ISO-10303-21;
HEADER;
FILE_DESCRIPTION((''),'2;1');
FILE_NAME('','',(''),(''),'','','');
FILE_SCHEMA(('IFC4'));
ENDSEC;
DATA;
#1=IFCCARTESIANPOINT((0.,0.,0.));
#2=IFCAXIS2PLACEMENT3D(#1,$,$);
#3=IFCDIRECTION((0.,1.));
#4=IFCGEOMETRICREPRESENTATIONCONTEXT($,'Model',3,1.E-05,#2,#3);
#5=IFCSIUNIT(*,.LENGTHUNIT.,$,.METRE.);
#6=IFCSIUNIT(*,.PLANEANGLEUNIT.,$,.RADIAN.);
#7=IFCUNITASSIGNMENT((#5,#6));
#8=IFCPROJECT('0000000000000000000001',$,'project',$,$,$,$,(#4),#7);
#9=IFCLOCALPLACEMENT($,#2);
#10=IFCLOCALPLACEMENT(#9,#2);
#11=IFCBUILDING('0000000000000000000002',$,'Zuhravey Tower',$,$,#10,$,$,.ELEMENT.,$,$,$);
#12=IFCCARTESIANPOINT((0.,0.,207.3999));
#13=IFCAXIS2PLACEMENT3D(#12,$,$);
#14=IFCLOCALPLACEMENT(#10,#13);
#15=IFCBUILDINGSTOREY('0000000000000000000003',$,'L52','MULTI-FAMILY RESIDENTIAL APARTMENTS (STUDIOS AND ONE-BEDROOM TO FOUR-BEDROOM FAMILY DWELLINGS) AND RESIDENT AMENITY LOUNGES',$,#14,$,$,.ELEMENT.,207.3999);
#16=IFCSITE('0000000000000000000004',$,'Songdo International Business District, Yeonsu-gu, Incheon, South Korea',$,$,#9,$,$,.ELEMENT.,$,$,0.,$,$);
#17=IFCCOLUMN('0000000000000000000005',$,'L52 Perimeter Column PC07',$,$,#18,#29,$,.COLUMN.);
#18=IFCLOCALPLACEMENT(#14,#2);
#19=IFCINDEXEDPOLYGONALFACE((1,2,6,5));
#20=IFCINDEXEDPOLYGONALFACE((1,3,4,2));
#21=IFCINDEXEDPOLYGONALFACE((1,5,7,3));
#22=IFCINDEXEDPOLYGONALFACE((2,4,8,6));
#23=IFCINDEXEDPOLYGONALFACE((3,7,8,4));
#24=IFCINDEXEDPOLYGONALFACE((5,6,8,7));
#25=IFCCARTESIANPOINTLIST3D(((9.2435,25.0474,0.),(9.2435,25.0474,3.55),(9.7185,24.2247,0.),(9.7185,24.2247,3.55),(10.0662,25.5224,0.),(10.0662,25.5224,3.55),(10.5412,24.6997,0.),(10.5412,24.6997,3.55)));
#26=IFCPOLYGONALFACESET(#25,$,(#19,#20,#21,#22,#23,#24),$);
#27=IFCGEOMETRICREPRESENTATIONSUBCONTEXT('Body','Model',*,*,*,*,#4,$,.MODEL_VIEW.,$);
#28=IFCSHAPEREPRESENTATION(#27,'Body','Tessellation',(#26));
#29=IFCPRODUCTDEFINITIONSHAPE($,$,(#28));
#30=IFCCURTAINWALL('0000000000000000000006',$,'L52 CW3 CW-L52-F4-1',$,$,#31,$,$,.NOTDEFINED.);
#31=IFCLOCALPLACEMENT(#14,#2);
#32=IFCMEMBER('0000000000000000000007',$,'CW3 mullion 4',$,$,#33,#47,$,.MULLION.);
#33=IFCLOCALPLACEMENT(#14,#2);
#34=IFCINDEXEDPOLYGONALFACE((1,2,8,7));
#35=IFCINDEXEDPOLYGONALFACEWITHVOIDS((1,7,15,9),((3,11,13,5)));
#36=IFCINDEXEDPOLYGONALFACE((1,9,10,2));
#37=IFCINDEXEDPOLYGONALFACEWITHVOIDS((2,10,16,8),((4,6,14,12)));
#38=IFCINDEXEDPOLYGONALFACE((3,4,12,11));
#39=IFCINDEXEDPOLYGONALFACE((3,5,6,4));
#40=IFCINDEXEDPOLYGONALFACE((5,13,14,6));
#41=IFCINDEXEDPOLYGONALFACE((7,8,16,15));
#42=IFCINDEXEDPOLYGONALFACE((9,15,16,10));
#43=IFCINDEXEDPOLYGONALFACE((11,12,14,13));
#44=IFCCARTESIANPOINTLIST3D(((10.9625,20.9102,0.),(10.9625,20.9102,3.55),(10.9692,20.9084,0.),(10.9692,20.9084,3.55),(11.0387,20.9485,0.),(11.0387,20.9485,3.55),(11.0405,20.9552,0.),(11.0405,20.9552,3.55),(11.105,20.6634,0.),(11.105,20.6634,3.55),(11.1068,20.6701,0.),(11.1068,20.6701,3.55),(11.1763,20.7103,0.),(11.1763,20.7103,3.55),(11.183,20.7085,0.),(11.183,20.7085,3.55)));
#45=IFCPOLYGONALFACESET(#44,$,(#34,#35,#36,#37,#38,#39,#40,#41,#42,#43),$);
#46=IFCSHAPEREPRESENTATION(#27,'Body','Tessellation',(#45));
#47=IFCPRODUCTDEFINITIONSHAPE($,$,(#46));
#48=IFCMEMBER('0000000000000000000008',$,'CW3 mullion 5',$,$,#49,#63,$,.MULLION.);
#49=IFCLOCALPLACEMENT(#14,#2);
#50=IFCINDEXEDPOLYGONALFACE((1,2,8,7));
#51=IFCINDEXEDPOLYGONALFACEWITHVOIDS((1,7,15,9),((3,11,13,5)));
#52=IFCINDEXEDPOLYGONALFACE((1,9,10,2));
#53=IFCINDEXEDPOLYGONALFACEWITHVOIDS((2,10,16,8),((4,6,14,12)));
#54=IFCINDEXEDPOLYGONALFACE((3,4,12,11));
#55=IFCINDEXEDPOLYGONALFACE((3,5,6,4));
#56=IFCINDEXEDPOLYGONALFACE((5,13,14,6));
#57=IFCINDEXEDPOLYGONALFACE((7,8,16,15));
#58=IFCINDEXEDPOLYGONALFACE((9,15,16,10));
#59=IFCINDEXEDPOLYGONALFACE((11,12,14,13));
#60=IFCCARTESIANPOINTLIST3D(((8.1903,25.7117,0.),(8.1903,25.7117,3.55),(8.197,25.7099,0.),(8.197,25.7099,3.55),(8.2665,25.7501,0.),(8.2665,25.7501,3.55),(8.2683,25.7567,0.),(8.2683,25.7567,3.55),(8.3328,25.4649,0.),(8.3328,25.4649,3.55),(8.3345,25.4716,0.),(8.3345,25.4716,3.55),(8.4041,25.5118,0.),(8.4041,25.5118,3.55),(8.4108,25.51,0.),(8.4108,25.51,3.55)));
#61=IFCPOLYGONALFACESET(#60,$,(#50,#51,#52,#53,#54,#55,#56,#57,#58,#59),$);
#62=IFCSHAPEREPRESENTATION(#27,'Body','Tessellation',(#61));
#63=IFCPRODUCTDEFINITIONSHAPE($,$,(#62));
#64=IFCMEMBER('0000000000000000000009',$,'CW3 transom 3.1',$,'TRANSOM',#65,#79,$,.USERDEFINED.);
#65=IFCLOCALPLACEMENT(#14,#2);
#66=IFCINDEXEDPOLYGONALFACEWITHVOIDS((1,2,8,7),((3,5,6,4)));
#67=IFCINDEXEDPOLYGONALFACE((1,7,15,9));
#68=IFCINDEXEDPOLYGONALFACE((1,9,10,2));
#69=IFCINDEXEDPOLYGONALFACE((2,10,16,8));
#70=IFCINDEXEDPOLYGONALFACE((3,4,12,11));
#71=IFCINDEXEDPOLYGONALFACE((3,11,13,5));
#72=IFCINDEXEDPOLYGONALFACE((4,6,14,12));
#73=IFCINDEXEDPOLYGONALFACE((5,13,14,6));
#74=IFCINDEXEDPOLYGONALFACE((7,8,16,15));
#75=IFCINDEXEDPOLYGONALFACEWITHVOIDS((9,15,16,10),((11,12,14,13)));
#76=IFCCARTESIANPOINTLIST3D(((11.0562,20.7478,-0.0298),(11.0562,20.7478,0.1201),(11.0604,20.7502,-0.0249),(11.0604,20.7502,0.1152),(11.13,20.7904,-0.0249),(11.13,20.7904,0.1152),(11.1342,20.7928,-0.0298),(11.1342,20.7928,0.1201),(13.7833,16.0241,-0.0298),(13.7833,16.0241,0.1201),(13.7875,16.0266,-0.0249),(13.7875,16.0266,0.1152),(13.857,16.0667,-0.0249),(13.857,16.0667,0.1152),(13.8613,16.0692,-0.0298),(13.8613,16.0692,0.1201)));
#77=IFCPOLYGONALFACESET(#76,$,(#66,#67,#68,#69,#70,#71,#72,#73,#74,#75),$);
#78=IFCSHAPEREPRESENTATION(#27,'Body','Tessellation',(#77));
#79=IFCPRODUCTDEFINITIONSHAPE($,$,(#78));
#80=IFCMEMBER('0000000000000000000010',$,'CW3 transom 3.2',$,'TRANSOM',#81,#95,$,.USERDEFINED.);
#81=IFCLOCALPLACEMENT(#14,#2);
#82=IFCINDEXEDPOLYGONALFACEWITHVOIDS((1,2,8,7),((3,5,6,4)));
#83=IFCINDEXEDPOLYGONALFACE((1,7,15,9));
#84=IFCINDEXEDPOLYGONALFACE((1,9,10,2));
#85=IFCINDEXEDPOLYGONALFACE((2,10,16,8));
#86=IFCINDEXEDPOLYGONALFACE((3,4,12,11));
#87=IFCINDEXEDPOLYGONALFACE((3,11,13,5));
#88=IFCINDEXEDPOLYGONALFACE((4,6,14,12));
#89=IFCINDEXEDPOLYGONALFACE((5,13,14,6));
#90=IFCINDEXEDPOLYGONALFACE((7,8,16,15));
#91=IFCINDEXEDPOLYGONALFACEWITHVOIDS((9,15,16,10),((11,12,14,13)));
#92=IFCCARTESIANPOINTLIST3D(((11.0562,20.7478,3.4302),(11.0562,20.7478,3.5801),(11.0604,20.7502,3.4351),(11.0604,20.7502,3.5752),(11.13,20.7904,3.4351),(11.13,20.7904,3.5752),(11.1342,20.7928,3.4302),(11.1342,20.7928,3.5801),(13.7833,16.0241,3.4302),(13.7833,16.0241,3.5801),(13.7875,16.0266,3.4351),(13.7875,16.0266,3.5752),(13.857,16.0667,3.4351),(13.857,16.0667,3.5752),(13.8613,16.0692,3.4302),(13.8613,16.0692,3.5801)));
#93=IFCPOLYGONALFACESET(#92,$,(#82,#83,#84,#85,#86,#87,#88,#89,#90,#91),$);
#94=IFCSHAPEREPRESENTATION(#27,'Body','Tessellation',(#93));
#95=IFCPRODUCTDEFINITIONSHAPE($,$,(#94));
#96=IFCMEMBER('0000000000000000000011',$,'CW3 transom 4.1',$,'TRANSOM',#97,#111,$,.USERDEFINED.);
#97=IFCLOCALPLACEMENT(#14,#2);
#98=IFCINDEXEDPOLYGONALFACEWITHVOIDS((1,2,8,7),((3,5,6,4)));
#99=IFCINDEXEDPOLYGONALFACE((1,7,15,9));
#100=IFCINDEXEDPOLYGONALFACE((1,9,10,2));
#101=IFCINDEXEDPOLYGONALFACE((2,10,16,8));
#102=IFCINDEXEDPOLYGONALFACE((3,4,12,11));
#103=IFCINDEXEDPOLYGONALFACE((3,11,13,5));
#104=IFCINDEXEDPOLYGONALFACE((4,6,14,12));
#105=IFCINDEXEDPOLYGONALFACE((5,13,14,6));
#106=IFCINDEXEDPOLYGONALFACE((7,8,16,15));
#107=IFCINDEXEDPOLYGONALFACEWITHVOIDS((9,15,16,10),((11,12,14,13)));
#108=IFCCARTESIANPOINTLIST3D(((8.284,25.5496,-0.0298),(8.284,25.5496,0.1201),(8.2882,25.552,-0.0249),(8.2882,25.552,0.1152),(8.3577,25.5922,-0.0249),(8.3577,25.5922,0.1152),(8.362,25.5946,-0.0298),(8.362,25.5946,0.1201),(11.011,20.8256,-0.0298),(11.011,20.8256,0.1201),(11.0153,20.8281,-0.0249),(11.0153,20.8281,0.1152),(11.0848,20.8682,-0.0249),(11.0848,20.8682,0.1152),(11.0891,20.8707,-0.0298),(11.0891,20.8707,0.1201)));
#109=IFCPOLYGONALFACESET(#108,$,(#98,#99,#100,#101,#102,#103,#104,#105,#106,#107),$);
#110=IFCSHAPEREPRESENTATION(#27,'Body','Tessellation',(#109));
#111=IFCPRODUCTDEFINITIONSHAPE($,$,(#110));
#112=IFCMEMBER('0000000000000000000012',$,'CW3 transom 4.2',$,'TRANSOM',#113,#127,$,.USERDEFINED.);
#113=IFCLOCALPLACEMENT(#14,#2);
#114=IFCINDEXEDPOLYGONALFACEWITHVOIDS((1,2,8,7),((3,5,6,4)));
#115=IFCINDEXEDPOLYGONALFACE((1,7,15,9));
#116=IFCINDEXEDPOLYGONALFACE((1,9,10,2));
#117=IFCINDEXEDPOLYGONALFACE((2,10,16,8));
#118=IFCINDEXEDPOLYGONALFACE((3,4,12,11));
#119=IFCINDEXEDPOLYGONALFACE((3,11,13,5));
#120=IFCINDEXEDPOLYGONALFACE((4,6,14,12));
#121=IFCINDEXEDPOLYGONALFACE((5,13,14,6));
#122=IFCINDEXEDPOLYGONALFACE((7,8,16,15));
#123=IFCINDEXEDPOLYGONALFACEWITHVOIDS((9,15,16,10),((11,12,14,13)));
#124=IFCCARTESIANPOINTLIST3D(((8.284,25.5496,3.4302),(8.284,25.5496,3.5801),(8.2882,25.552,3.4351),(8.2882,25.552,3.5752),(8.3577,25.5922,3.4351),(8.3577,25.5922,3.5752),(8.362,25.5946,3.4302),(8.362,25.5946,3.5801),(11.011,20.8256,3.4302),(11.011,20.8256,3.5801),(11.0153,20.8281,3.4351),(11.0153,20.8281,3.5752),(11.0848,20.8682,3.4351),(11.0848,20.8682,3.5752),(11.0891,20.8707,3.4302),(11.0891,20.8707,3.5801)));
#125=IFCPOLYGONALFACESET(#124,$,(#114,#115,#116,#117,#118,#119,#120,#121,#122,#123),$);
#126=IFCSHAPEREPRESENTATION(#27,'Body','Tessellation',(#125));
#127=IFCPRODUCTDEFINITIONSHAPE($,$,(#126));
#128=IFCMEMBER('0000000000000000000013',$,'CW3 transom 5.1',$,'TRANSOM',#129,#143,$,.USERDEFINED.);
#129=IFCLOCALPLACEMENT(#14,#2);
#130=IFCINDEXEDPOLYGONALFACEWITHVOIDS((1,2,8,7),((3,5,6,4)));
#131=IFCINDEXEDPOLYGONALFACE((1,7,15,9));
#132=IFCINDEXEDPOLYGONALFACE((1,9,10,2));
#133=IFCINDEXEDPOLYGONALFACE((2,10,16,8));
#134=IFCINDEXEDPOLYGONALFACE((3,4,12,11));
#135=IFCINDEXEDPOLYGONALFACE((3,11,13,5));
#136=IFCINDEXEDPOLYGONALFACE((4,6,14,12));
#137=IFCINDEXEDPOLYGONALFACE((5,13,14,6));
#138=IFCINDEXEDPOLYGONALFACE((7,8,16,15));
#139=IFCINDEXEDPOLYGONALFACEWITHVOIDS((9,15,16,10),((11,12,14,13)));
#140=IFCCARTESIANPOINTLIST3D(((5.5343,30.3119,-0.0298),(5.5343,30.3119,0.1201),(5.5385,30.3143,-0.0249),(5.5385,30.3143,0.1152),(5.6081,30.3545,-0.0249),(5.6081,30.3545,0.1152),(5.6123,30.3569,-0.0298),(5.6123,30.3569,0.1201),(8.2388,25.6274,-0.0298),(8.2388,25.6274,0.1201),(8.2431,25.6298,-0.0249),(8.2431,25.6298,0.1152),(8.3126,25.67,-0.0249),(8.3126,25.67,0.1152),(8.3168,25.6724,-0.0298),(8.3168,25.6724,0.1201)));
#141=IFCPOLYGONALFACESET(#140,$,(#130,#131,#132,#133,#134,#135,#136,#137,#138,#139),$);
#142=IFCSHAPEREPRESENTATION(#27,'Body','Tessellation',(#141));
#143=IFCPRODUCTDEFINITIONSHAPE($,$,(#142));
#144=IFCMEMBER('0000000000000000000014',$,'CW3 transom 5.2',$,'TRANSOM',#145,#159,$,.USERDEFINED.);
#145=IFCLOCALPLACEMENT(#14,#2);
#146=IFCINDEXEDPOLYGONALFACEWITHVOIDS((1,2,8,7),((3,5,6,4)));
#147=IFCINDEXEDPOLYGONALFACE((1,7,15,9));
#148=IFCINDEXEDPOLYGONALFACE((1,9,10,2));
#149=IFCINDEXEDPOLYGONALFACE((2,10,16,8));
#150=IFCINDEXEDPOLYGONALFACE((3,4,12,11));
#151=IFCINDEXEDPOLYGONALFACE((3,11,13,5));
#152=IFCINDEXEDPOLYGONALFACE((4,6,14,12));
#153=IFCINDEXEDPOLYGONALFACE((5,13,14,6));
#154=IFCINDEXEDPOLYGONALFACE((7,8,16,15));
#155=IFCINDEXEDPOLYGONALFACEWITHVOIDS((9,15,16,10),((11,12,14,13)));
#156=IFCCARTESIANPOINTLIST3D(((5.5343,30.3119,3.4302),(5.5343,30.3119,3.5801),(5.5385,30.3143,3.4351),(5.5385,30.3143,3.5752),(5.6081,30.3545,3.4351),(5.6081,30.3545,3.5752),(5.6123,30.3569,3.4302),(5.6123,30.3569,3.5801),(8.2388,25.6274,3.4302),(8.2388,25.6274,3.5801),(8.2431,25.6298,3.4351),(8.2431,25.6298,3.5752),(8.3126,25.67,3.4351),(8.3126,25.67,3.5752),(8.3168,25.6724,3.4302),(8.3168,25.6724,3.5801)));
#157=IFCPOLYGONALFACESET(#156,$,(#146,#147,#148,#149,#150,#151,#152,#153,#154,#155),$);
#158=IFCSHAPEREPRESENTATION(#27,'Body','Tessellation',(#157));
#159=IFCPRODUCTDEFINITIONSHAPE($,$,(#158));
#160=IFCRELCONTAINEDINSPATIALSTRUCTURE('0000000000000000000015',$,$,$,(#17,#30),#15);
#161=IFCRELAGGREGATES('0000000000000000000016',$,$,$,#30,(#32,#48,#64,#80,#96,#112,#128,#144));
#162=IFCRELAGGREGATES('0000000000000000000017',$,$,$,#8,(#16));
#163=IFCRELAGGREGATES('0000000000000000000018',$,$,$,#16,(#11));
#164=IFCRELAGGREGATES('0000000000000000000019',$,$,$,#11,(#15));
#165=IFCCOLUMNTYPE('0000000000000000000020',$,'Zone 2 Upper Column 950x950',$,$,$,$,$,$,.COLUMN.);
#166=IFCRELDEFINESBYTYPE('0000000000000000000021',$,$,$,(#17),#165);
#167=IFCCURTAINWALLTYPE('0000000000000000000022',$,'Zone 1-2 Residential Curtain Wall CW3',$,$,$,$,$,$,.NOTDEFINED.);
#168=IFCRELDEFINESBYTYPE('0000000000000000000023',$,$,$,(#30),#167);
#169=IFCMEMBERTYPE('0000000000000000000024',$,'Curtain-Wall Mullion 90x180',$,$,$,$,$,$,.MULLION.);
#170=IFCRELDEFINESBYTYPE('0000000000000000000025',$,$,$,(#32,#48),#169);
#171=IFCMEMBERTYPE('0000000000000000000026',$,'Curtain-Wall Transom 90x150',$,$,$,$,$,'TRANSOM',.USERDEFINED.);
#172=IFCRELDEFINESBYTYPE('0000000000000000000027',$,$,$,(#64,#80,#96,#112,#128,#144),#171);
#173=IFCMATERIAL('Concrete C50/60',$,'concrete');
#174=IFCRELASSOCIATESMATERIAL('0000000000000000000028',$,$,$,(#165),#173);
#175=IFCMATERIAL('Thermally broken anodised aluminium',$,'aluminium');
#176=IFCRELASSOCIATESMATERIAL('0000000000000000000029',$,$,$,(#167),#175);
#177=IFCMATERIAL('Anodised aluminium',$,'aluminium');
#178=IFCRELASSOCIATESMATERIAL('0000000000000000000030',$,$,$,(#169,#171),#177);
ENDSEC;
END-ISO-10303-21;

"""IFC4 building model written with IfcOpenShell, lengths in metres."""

from ifc_helpers import new_model, si_unit, direction, frame, origin, origin_2d, place, context, subcontext, project, spatial, rectangle, hollow_rectangle, extrude, material, material_profile, profile_set, type_object, element, aggregate, save


model = new_model("IFC4")

# Units and contexts
model_context = context("Model", 3, precision=1e-05, world=origin(), true_north=direction((0.0, 1.0)))
body_context = subcontext(model_context, "Body", "Model", "MODEL_VIEW")
ifc_project = project(units=[si_unit("LENGTHUNIT", "METRE"), si_unit("PLANEANGLEUNIT", "RADIAN")], contexts=[model_context])

# Site, building, storey
site_placement = place(None, origin())
site = spatial("IfcSite", under=ifc_project, at=site_placement, Name="Songdo International Business District, Yeonsu-gu, Incheon, South Korea", CompositionType="ELEMENT", RefElevation=0.0)
building_placement = place(site_placement, origin())
building = spatial("IfcBuilding", under=site, at=building_placement, Name="Zuhravey Tower", CompositionType="ELEMENT")
storey_placement = place(building_placement, frame((0.0, 0.0, 207.3999)))
storey = spatial("IfcBuildingStorey", under=building, at=storey_placement, Name="L52", Description="MULTI-FAMILY RESIDENTIAL APARTMENTS (STUDIOS AND ONE-BEDROOM TO FOUR-BEDROOM FAMILY DWELLINGS) AND RESIDENT AMENITY LOUNGES", CompositionType="ELEMENT", Elevation=207.3999)

# Column
ifc_material_1 = material(Name="Concrete C50/60", Category="concrete")
ifc_material_profile_1 = material_profile(ifc_material_1, rectangle(XDim=0.95, YDim=0.95, at=origin_2d()), Name="RC-950x950")
ifc_profile_set_1 = profile_set([ifc_material_profile_1], Name="Concrete C50/60")
column_type = type_object("IfcColumnType", Name="Zone 2 Upper Column 950x950", PredefinedType="COLUMN", material=ifc_profile_set_1)
column_placement = place(storey_placement, frame((9.8923, 24.8735, 0.0), z_axis=(0.0, 0.0, 1.0), x_axis=(0.5, -0.866025, 0.0)))
element("IfcColumn", 1, at=column_placement, inside=storey, type_object=column_type, Name="L52 Perimeter Column PC07", PredefinedType="COLUMN", context=body_context, shape_type="SweptSolid", body=[
    extrude(rectangle(XDim=0.95, YDim=0.95, at=origin_2d()), origin(), (0.0, 0.0, 1.0), 3.55),
])

# Curtain wall, members
ifc_material_2 = material(Name="Thermally broken anodised aluminium", Category="aluminium")
curtain_wall_type = type_object("IfcCurtainWallType", Name="Zone 1-2 Residential Curtain Wall CW3", PredefinedType="NOTDEFINED", material=ifc_material_2)
curtain_wall_placement = place(storey_placement, origin())
curtain_wall = element("IfcCurtainWall", 2, at=curtain_wall_placement, inside=storey, type_object=curtain_wall_type, Name="L52 CW3 CW-L52-F4-1", PredefinedType="NOTDEFINED")
ifc_material_3 = material(Name="Anodised aluminium", Category="aluminium")
ifc_material_profile_2 = material_profile(ifc_material_3, hollow_rectangle(XDim=0.0901, YDim=0.2849, WallThickness=0.0049, at=origin_2d()), Name="ALU-RHS-90x285x5")
ifc_profile_set_2 = profile_set([ifc_material_profile_2], Name="Anodised aluminium")
member_type_1 = type_object("IfcMemberType", Name="Curtain-Wall Mullion 90x180", PredefinedType="MULLION", material=ifc_profile_set_2)
member_1_placement = place(storey_placement, frame((11.0728, 20.8093, 0.0), z_axis=(0.0, 0.0, 1.0), x_axis=(-0.866025, -0.5, 0.0)))
member_1 = element("IfcMember", 3, at=member_1_placement, type_object=member_type_1, Name="CW3 mullion 4", PredefinedType="MULLION", context=body_context, shape_type="SweptSolid", body=[
    extrude(hollow_rectangle(XDim=0.0901, YDim=0.2849, WallThickness=0.0049, at=origin_2d()), origin(), (0.0, 0.0, 1.0), 3.55),
])
member_2_placement = place(storey_placement, frame((8.3005, 25.6108, 0.0), z_axis=(0.0, 0.0, 1.0), x_axis=(-0.866025, -0.5, 0.0)))
member_2 = element("IfcMember", 4, at=member_2_placement, type_object=member_type_1, Name="CW3 mullion 5", PredefinedType="MULLION", context=body_context, shape_type="SweptSolid", body=[
    extrude(hollow_rectangle(XDim=0.0901, YDim=0.2849, WallThickness=0.0049, at=origin_2d()), origin(), (0.0, 0.0, 1.0), 3.55),
])
ifc_material_profile_3 = material_profile(ifc_material_3, hollow_rectangle(XDim=0.0901, YDim=0.1499, WallThickness=0.0049, at=origin_2d()), Name="ALU-RHS-90x150x5")
ifc_profile_set_3 = profile_set([ifc_material_profile_3], Name="Anodised aluminium")
member_type_2 = type_object("IfcMemberType", Name="Curtain-Wall Transom 90x150", ElementType="TRANSOM", PredefinedType="USERDEFINED", material=ifc_profile_set_3)
member_3_placement = place(storey_placement, frame((13.8223, 16.0466, 0.0452), z_axis=(-0.499981, 0.866037, 0.0), x_axis=(-0.866037, -0.499981, 0.0)))
member_3 = element("IfcMember", 5, at=member_3_placement, type_object=member_type_2, Name="CW3 transom 3.1", ObjectType="TRANSOM", PredefinedType="USERDEFINED", context=body_context, shape_type="SweptSolid", body=[
    extrude(hollow_rectangle(XDim=0.0901, YDim=0.1499, WallThickness=0.0049, at=origin_2d()), origin(), (0.0, 0.0, 1.0), 5.4543),
])
member_4_placement = place(storey_placement, frame((13.8223, 16.0466, 3.5051), z_axis=(-0.499981, 0.866037, 0.0), x_axis=(-0.866037, -0.499981, 0.0)))
member_4 = element("IfcMember", 6, at=member_4_placement, type_object=member_type_2, Name="CW3 transom 3.2", ObjectType="TRANSOM", PredefinedType="USERDEFINED", context=body_context, shape_type="SweptSolid", body=[
    extrude(hollow_rectangle(XDim=0.0901, YDim=0.1499, WallThickness=0.0049, at=origin_2d()), origin(), (0.0, 0.0, 1.0), 5.4543),
])
member_5_placement = place(storey_placement, frame((11.05, 20.8481, 0.0452), z_axis=(-0.499961, 0.866048, 0.0), x_axis=(-0.866048, -0.499961, 0.0)))
member_5 = element("IfcMember", 7, at=member_5_placement, type_object=member_type_2, Name="CW3 transom 4.1", ObjectType="TRANSOM", PredefinedType="USERDEFINED", context=body_context, shape_type="SweptSolid", body=[
    extrude(hollow_rectangle(XDim=0.0901, YDim=0.1499, WallThickness=0.0049, at=origin_2d()), origin(), (0.0, 0.0, 1.0), 5.4546),
])
member_6_placement = place(storey_placement, frame((11.05, 20.8481, 3.5051), z_axis=(-0.499961, 0.866048, 0.0), x_axis=(-0.866048, -0.499961, 0.0)))
member_6 = element("IfcMember", 8, at=member_6_placement, type_object=member_type_2, Name="CW3 transom 4.2", ObjectType="TRANSOM", PredefinedType="USERDEFINED", context=body_context, shape_type="SweptSolid", body=[
    extrude(hollow_rectangle(XDim=0.0901, YDim=0.1499, WallThickness=0.0049, at=origin_2d()), origin(), (0.0, 0.0, 1.0), 5.4546),
])
member_7_placement = place(storey_placement, frame((8.2778, 25.6499, 0.0452), z_axis=(-0.499993, 0.866029, 0.0), x_axis=(-0.866029, -0.499993, 0.0)))
member_7 = element("IfcMember", 9, at=member_7_placement, type_object=member_type_2, Name="CW3 transom 5.1", ObjectType="TRANSOM", PredefinedType="USERDEFINED", context=body_context, shape_type="SweptSolid", body=[
    extrude(hollow_rectangle(XDim=0.0901, YDim=0.1499, WallThickness=0.0049, at=origin_2d()), origin(), (0.0, 0.0, 1.0), 5.4092),
])
member_8_placement = place(storey_placement, frame((8.2778, 25.6499, 3.5051), z_axis=(-0.499993, 0.866029, 0.0), x_axis=(-0.866029, -0.499993, 0.0)))
member_8 = element("IfcMember", 10, at=member_8_placement, type_object=member_type_2, Name="CW3 transom 5.2", ObjectType="TRANSOM", PredefinedType="USERDEFINED", context=body_context, shape_type="SweptSolid", body=[
    extrude(hollow_rectangle(XDim=0.0901, YDim=0.1499, WallThickness=0.0049, at=origin_2d()), origin(), (0.0, 0.0, 1.0), 5.4092),
])

aggregate(curtain_wall, [member_1, member_2, member_3, member_4, member_5, member_6, member_7, member_8])

save(model, "model.ifc")
